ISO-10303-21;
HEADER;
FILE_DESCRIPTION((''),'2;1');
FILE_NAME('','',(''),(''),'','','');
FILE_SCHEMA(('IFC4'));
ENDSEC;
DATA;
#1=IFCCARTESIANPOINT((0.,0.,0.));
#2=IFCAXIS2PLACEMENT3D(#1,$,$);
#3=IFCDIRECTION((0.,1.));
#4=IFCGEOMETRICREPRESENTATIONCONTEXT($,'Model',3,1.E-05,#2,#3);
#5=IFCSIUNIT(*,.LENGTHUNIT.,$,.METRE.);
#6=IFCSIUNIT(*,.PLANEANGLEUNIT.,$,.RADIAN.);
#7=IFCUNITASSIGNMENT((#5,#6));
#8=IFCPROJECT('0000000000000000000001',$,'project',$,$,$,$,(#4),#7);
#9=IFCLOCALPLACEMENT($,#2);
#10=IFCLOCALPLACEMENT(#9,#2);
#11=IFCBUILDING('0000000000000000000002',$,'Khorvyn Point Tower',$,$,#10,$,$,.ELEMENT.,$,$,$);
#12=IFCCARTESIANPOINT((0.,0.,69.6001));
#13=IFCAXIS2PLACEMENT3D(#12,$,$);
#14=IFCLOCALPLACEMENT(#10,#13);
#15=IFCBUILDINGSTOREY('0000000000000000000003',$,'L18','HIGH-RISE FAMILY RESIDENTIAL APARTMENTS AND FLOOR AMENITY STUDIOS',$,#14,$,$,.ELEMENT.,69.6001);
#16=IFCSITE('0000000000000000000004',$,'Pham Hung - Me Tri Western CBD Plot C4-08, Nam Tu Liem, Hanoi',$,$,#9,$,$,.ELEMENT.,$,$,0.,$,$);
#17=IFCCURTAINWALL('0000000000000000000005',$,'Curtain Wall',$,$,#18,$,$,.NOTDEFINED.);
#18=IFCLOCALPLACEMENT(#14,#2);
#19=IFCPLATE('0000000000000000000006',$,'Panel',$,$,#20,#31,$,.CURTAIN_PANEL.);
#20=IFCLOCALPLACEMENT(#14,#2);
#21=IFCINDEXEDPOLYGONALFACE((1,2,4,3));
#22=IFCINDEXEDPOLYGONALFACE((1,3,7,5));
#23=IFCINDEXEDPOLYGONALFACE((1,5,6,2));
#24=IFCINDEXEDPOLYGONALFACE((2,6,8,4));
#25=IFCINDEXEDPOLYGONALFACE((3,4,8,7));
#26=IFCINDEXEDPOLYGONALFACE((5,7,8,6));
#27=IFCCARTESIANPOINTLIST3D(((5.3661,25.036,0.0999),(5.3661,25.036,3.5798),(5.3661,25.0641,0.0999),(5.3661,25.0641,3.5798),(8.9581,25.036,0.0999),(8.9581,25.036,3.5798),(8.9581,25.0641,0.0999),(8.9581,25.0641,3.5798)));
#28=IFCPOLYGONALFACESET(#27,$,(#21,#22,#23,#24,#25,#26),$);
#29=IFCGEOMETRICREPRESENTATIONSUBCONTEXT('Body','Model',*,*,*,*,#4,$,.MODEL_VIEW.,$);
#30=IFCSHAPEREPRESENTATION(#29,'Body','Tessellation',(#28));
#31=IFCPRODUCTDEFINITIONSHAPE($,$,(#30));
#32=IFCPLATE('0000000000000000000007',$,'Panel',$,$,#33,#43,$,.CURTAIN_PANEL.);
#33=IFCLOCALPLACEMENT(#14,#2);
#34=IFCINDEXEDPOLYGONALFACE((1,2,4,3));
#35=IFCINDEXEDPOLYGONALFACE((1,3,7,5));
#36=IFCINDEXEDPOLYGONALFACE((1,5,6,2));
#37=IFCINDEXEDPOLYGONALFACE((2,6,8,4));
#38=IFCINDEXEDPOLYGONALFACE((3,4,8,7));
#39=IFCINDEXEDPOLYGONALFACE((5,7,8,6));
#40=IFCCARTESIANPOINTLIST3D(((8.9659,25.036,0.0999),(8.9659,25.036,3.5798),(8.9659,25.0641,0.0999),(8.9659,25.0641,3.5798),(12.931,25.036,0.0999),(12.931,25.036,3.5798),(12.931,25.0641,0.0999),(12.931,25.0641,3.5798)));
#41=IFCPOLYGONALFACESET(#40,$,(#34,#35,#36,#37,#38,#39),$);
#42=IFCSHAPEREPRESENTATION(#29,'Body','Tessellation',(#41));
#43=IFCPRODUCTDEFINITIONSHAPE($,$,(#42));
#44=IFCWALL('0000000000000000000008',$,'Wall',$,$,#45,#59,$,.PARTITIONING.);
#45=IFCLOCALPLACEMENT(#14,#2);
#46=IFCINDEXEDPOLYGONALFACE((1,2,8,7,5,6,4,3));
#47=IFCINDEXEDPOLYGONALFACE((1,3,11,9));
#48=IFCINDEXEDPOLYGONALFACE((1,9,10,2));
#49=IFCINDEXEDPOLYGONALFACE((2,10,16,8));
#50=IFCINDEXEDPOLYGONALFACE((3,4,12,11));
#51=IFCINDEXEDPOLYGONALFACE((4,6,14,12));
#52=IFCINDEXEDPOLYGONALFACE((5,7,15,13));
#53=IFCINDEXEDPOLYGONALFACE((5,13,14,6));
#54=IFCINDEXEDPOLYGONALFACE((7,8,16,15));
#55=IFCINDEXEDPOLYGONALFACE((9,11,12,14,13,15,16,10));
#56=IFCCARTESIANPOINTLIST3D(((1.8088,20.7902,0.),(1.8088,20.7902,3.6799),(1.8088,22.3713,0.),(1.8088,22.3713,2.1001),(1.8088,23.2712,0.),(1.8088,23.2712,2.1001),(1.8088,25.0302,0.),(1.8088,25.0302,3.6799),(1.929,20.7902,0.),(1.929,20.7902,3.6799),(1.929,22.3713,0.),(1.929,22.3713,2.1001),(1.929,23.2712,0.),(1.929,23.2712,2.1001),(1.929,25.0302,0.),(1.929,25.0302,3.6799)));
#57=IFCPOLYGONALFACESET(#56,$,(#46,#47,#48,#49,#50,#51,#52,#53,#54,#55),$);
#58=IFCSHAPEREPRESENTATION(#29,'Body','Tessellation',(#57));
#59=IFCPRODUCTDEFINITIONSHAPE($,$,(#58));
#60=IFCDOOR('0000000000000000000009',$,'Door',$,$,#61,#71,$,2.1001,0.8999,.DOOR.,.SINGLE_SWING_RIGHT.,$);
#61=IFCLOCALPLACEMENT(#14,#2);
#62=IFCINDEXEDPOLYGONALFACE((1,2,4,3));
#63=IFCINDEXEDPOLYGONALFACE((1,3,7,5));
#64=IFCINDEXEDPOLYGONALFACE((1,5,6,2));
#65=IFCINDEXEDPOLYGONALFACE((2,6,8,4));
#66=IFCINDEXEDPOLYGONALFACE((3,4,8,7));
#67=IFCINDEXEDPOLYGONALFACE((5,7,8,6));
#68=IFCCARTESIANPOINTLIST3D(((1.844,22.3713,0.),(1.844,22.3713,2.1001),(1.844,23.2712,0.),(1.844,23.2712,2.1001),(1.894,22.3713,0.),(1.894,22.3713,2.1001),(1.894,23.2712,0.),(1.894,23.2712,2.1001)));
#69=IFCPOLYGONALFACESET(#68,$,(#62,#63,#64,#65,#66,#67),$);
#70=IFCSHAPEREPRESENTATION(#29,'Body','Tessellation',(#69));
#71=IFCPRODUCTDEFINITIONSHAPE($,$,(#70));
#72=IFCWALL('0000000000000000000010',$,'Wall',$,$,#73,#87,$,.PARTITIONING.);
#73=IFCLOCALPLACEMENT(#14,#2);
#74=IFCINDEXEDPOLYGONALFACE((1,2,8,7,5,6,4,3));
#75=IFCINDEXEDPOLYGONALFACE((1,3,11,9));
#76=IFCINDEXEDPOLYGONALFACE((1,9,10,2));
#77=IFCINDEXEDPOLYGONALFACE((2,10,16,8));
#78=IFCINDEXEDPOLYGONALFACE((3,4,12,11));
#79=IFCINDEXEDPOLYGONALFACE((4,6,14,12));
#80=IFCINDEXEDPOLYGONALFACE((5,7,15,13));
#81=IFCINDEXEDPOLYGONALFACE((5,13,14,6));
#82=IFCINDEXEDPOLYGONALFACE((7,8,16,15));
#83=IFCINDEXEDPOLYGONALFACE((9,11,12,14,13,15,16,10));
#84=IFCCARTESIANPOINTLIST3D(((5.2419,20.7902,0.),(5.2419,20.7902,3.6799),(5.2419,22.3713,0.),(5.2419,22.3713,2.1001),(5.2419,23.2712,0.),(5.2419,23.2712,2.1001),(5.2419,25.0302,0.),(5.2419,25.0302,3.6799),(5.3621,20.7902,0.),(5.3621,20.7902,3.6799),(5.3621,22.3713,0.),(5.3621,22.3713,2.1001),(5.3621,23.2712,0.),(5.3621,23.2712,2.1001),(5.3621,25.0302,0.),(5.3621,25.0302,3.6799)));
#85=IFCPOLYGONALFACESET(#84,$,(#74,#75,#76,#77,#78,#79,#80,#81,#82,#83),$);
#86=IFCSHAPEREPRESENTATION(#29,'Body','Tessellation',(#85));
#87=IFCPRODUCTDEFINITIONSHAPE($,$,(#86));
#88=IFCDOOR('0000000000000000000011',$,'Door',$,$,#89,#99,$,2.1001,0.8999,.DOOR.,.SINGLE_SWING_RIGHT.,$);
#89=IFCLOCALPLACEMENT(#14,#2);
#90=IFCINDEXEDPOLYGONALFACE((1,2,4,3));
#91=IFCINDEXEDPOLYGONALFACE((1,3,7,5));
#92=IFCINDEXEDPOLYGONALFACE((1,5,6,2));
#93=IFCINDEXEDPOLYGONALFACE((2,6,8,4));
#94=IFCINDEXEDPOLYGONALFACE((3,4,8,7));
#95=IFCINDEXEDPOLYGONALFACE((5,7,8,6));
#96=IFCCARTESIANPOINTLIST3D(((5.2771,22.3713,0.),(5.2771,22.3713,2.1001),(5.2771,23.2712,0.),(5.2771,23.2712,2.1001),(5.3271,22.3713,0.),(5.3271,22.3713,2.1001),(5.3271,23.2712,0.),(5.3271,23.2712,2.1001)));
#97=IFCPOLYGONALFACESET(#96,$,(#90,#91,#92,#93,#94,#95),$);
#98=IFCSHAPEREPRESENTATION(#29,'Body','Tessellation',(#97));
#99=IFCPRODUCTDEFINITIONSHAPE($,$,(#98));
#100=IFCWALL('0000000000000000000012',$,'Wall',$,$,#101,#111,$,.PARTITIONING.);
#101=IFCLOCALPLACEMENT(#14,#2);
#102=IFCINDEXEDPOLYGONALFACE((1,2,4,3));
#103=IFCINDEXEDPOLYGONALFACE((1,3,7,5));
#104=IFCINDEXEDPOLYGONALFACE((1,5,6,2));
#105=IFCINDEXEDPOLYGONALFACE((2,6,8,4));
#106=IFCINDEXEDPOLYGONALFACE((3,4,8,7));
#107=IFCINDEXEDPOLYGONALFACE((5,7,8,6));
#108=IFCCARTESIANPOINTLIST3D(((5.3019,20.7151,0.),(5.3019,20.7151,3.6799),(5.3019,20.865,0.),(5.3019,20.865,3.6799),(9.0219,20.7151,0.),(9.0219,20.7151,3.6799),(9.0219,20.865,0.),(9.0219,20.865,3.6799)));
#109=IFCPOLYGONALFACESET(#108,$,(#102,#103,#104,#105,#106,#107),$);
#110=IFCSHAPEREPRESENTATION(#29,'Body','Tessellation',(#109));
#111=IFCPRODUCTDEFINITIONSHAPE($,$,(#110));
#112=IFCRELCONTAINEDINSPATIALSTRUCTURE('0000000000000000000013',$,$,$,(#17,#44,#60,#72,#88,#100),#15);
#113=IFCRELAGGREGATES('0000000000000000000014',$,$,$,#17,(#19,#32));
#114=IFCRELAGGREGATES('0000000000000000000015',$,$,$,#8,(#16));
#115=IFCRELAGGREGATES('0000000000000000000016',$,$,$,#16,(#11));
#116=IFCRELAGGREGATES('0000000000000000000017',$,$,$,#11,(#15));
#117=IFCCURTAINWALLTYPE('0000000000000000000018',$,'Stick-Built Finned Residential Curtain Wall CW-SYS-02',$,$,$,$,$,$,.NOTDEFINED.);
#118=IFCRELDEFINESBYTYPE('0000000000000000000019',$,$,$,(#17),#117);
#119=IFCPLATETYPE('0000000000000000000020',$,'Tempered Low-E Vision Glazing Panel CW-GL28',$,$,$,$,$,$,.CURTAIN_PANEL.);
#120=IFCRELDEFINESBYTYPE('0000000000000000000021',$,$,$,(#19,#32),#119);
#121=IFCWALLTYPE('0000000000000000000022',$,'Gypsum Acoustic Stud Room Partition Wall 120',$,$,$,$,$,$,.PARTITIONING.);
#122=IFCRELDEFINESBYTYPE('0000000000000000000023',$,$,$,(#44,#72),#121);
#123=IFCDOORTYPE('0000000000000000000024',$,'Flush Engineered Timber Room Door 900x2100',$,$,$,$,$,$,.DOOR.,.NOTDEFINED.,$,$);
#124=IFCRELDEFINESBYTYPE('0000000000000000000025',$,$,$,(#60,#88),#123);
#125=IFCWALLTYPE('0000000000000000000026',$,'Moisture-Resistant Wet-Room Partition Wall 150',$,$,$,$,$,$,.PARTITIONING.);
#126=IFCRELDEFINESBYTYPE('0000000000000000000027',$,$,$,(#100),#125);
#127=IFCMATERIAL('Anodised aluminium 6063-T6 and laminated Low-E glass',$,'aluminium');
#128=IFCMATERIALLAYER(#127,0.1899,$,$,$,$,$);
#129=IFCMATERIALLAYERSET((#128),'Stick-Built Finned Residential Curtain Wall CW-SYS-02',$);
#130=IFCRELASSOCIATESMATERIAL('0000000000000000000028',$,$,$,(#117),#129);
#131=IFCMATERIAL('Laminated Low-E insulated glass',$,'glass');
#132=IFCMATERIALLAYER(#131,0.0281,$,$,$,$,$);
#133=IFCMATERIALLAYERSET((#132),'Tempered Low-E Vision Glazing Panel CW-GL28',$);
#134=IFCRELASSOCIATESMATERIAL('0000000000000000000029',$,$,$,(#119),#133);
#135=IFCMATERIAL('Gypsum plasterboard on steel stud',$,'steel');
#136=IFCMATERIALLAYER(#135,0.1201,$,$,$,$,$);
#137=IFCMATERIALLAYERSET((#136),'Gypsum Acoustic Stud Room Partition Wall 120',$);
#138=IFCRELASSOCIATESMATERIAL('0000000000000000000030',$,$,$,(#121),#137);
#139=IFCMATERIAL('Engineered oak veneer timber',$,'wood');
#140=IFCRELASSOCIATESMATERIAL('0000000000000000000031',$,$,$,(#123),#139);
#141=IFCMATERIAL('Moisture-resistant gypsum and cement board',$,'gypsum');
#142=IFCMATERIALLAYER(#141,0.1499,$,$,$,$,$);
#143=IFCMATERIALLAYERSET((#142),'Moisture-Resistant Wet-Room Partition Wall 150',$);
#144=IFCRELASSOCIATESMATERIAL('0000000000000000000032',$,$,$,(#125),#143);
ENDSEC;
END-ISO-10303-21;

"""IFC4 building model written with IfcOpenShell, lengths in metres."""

from ifc_helpers import new_model, si_unit, direction, frame, frame_2d, origin, origin_2d, place, context, subcontext, project, spatial, rectangle, extrude, material, layer, layer_set, type_object, element, fill, aggregate, save


model = new_model("IFC4")

# Units and contexts
model_context = context("Model", 3, precision=1e-05, world=origin(), true_north=direction((0.0, 1.0)))
body_context = subcontext(model_context, "Body", "Model", "MODEL_VIEW")
ifc_project = project(units=[si_unit("LENGTHUNIT", "METRE"), si_unit("PLANEANGLEUNIT", "RADIAN")], contexts=[model_context])

# Site, building, storey
site_placement = place(None, origin())
site = spatial("IfcSite", under=ifc_project, at=site_placement, Name="Pham Hung - Me Tri Western CBD Plot C4-08, Nam Tu Liem, Hanoi", CompositionType="ELEMENT", RefElevation=0.0)
building_placement = place(site_placement, origin())
building = spatial("IfcBuilding", under=site, at=building_placement, Name="Khorvyn Point Tower", CompositionType="ELEMENT")
storey_placement = place(building_placement, frame((0.0, 0.0, 69.6001)))
storey = spatial("IfcBuildingStorey", under=building, at=storey_placement, Name="L18", Description="HIGH-RISE FAMILY RESIDENTIAL APARTMENTS AND FLOOR AMENITY STUDIOS", CompositionType="ELEMENT", Elevation=69.6001)

# Curtain wall
ifc_material_1 = material(Name="Anodised aluminium 6063-T6 and laminated Low-E glass", Category="aluminium")
ifc_layer_1 = layer(ifc_material_1, 0.1899)
ifc_layer_set_1 = layer_set([ifc_layer_1], Name="Stick-Built Finned Residential Curtain Wall CW-SYS-02")
curtain_wall_type = type_object("IfcCurtainWallType", Name="Stick-Built Finned Residential Curtain Wall CW-SYS-02", PredefinedType="NOTDEFINED", material=ifc_layer_set_1)
curtain_wall_placement = place(storey_placement, origin())
curtain_wall = element("IfcCurtainWall", 1, at=curtain_wall_placement, inside=storey, type_object=curtain_wall_type, Name="Curtain Wall", PredefinedType="NOTDEFINED")

# Plates
ifc_material_2 = material(Name="Laminated Low-E insulated glass", Category="glass")
ifc_layer_2 = layer(ifc_material_2, 0.0281)
ifc_layer_set_2 = layer_set([ifc_layer_2], Name="Tempered Low-E Vision Glazing Panel CW-GL28")
plate_type = type_object("IfcPlateType", Name="Tempered Low-E Vision Glazing Panel CW-GL28", PredefinedType="CURTAIN_PANEL", material=ifc_layer_set_2)
plate_1_placement = place(storey_placement, frame((7.1621, 25.05, 0.0999), z_axis=(0.0, 0.0, 1.0), x_axis=(1.0, 0.0, 0.0)))
plate_1 = element("IfcPlate", 2, at=plate_1_placement, type_object=plate_type, Name="Panel", PredefinedType="CURTAIN_PANEL", context=body_context, shape_type="SweptSolid", body=[
    extrude(rectangle(XDim=3.592, YDim=0.0281, at=origin_2d()), origin(), (0.0, 0.0, 1.0), 3.48),
])
plate_2_placement = place(storey_placement, frame((10.9485, 25.05, 0.0999), z_axis=(0.0, 0.0, 1.0), x_axis=(1.0, 0.0, 0.0)))
plate_2 = element("IfcPlate", 3, at=plate_2_placement, type_object=plate_type, Name="Panel", PredefinedType="CURTAIN_PANEL", context=body_context, shape_type="SweptSolid", body=[
    extrude(rectangle(XDim=3.9651, YDim=0.0281, at=origin_2d()), origin(), (0.0, 0.0, 1.0), 3.48),
])
aggregate(curtain_wall, [plate_1, plate_2])

# Walls, openings, doors
ifc_material_3 = material(Name="Gypsum plasterboard on steel stud", Category="steel")
ifc_layer_3 = layer(ifc_material_3, 0.1201)
ifc_layer_set_3 = layer_set([ifc_layer_3], Name="Gypsum Acoustic Stud Room Partition Wall 120")
wall_type_1 = type_object("IfcWallType", Name="Gypsum Acoustic Stud Room Partition Wall 120", PredefinedType="PARTITIONING", material=ifc_layer_set_3)
wall_1_placement = place(storey_placement, frame((1.8689, 20.79, 0.0), z_axis=(0.0, 0.0, 1.0), x_axis=(0.0, 1.0, 0.0)))
wall_1 = element("IfcWall", 4, at=wall_1_placement, inside=storey, type_object=wall_type_1, Name="Wall", PredefinedType="PARTITIONING", context=body_context, shape_type="SweptSolid", body=[
    extrude(rectangle(XDim=4.24, YDim=0.1201, at=frame_2d((2.1201, 0.0))), origin(), (0.0, 0.0, 1.0), 3.6799),
])
opening_1_placement = place(wall_1_placement, frame((1.5813, 0.0, 0.0)))
opening_1 = element("IfcOpeningElement", 5, at=opening_1_placement, cuts=wall_1, PredefinedType="OPENING", context=body_context, shape_type="SweptSolid", body=[
    extrude(rectangle(XDim=0.8999, YDim=2.1001, at=frame_2d((0.45, 1.05))), frame((0.0, 0.0701, 0.0), z_axis=(0.0, -1.0, 0.0), x_axis=(1.0, 0.0, 0.0)), (0.0, 0.0, 1.0), 0.1401),
])
ifc_material_4 = material(Name="Engineered oak veneer timber", Category="wood")
door_type = type_object("IfcDoorType", Name="Flush Engineered Timber Room Door 900x2100", OperationType="NOTDEFINED", PredefinedType="DOOR", material=ifc_material_4)
door_1_placement = place(opening_1_placement, origin())
door_1 = element("IfcDoor", 6, at=door_1_placement, inside=storey, type_object=door_type, Name="Door", OperationType="SINGLE_SWING_RIGHT", OverallHeight=2.1001, OverallWidth=0.8999, PredefinedType="DOOR", context=body_context, shape_type="SweptSolid", body=[
    extrude(rectangle(XDim=0.8999, YDim=2.1001, at=frame_2d((0.45, 1.05))), frame((0.0, 0.0249, 0.0), z_axis=(0.0, -1.0, 0.0), x_axis=(1.0, 0.0, 0.0)), (0.0, 0.0, 1.0), 0.05),
])
fill(opening_1, door_1)
wall_2_placement = place(storey_placement, frame((5.302, 20.79, 0.0), z_axis=(0.0, 0.0, 1.0), x_axis=(0.0, 1.0, 0.0)))
wall_2 = element("IfcWall", 7, at=wall_2_placement, inside=storey, type_object=wall_type_1, Name="Wall", PredefinedType="PARTITIONING", context=body_context, shape_type="SweptSolid", body=[
    extrude(rectangle(XDim=4.24, YDim=0.1201, at=frame_2d((2.1201, 0.0))), origin(), (0.0, 0.0, 1.0), 3.6799),
])
opening_2_placement = place(wall_2_placement, frame((1.5813, 0.0, 0.0)))
opening_2 = element("IfcOpeningElement", 8, at=opening_2_placement, cuts=wall_2, PredefinedType="OPENING", context=body_context, shape_type="SweptSolid", body=[
    extrude(rectangle(XDim=0.8999, YDim=2.1001, at=frame_2d((0.45, 1.05))), frame((0.0, 0.0701, 0.0), z_axis=(0.0, -1.0, 0.0), x_axis=(1.0, 0.0, 0.0)), (0.0, 0.0, 1.0), 0.1401),
])
door_2_placement = place(opening_2_placement, origin())
door_2 = element("IfcDoor", 9, at=door_2_placement, inside=storey, type_object=door_type, Name="Door", OperationType="SINGLE_SWING_RIGHT", OverallHeight=2.1001, OverallWidth=0.8999, PredefinedType="DOOR", context=body_context, shape_type="SweptSolid", body=[
    extrude(rectangle(XDim=0.8999, YDim=2.1001, at=frame_2d((0.45, 1.05))), frame((0.0, 0.0249, 0.0), z_axis=(0.0, -1.0, 0.0), x_axis=(1.0, 0.0, 0.0)), (0.0, 0.0, 1.0), 0.05),
])
fill(opening_2, door_2)

# Wall
ifc_material_5 = material(Name="Moisture-resistant gypsum and cement board", Category="gypsum")
ifc_layer_4 = layer(ifc_material_5, 0.1499)
ifc_layer_set_4 = layer_set([ifc_layer_4], Name="Moisture-Resistant Wet-Room Partition Wall 150")
wall_type_2 = type_object("IfcWallType", Name="Moisture-Resistant Wet-Room Partition Wall 150", PredefinedType="PARTITIONING", material=ifc_layer_set_4)
wall_3_placement = place(storey_placement, frame((5.302, 20.79, 0.0), z_axis=(0.0, 0.0, 1.0), x_axis=(1.0, 0.0, 0.0)))
element("IfcWall", 10, at=wall_3_placement, inside=storey, type_object=wall_type_2, Name="Wall", PredefinedType="PARTITIONING", context=body_context, shape_type="SweptSolid", body=[
    extrude(rectangle(XDim=3.72, YDim=0.1499, at=frame_2d((1.8599, 0.0))), origin(), (0.0, 0.0, 1.0), 3.6799),
])

save(model, "model.ifc")
